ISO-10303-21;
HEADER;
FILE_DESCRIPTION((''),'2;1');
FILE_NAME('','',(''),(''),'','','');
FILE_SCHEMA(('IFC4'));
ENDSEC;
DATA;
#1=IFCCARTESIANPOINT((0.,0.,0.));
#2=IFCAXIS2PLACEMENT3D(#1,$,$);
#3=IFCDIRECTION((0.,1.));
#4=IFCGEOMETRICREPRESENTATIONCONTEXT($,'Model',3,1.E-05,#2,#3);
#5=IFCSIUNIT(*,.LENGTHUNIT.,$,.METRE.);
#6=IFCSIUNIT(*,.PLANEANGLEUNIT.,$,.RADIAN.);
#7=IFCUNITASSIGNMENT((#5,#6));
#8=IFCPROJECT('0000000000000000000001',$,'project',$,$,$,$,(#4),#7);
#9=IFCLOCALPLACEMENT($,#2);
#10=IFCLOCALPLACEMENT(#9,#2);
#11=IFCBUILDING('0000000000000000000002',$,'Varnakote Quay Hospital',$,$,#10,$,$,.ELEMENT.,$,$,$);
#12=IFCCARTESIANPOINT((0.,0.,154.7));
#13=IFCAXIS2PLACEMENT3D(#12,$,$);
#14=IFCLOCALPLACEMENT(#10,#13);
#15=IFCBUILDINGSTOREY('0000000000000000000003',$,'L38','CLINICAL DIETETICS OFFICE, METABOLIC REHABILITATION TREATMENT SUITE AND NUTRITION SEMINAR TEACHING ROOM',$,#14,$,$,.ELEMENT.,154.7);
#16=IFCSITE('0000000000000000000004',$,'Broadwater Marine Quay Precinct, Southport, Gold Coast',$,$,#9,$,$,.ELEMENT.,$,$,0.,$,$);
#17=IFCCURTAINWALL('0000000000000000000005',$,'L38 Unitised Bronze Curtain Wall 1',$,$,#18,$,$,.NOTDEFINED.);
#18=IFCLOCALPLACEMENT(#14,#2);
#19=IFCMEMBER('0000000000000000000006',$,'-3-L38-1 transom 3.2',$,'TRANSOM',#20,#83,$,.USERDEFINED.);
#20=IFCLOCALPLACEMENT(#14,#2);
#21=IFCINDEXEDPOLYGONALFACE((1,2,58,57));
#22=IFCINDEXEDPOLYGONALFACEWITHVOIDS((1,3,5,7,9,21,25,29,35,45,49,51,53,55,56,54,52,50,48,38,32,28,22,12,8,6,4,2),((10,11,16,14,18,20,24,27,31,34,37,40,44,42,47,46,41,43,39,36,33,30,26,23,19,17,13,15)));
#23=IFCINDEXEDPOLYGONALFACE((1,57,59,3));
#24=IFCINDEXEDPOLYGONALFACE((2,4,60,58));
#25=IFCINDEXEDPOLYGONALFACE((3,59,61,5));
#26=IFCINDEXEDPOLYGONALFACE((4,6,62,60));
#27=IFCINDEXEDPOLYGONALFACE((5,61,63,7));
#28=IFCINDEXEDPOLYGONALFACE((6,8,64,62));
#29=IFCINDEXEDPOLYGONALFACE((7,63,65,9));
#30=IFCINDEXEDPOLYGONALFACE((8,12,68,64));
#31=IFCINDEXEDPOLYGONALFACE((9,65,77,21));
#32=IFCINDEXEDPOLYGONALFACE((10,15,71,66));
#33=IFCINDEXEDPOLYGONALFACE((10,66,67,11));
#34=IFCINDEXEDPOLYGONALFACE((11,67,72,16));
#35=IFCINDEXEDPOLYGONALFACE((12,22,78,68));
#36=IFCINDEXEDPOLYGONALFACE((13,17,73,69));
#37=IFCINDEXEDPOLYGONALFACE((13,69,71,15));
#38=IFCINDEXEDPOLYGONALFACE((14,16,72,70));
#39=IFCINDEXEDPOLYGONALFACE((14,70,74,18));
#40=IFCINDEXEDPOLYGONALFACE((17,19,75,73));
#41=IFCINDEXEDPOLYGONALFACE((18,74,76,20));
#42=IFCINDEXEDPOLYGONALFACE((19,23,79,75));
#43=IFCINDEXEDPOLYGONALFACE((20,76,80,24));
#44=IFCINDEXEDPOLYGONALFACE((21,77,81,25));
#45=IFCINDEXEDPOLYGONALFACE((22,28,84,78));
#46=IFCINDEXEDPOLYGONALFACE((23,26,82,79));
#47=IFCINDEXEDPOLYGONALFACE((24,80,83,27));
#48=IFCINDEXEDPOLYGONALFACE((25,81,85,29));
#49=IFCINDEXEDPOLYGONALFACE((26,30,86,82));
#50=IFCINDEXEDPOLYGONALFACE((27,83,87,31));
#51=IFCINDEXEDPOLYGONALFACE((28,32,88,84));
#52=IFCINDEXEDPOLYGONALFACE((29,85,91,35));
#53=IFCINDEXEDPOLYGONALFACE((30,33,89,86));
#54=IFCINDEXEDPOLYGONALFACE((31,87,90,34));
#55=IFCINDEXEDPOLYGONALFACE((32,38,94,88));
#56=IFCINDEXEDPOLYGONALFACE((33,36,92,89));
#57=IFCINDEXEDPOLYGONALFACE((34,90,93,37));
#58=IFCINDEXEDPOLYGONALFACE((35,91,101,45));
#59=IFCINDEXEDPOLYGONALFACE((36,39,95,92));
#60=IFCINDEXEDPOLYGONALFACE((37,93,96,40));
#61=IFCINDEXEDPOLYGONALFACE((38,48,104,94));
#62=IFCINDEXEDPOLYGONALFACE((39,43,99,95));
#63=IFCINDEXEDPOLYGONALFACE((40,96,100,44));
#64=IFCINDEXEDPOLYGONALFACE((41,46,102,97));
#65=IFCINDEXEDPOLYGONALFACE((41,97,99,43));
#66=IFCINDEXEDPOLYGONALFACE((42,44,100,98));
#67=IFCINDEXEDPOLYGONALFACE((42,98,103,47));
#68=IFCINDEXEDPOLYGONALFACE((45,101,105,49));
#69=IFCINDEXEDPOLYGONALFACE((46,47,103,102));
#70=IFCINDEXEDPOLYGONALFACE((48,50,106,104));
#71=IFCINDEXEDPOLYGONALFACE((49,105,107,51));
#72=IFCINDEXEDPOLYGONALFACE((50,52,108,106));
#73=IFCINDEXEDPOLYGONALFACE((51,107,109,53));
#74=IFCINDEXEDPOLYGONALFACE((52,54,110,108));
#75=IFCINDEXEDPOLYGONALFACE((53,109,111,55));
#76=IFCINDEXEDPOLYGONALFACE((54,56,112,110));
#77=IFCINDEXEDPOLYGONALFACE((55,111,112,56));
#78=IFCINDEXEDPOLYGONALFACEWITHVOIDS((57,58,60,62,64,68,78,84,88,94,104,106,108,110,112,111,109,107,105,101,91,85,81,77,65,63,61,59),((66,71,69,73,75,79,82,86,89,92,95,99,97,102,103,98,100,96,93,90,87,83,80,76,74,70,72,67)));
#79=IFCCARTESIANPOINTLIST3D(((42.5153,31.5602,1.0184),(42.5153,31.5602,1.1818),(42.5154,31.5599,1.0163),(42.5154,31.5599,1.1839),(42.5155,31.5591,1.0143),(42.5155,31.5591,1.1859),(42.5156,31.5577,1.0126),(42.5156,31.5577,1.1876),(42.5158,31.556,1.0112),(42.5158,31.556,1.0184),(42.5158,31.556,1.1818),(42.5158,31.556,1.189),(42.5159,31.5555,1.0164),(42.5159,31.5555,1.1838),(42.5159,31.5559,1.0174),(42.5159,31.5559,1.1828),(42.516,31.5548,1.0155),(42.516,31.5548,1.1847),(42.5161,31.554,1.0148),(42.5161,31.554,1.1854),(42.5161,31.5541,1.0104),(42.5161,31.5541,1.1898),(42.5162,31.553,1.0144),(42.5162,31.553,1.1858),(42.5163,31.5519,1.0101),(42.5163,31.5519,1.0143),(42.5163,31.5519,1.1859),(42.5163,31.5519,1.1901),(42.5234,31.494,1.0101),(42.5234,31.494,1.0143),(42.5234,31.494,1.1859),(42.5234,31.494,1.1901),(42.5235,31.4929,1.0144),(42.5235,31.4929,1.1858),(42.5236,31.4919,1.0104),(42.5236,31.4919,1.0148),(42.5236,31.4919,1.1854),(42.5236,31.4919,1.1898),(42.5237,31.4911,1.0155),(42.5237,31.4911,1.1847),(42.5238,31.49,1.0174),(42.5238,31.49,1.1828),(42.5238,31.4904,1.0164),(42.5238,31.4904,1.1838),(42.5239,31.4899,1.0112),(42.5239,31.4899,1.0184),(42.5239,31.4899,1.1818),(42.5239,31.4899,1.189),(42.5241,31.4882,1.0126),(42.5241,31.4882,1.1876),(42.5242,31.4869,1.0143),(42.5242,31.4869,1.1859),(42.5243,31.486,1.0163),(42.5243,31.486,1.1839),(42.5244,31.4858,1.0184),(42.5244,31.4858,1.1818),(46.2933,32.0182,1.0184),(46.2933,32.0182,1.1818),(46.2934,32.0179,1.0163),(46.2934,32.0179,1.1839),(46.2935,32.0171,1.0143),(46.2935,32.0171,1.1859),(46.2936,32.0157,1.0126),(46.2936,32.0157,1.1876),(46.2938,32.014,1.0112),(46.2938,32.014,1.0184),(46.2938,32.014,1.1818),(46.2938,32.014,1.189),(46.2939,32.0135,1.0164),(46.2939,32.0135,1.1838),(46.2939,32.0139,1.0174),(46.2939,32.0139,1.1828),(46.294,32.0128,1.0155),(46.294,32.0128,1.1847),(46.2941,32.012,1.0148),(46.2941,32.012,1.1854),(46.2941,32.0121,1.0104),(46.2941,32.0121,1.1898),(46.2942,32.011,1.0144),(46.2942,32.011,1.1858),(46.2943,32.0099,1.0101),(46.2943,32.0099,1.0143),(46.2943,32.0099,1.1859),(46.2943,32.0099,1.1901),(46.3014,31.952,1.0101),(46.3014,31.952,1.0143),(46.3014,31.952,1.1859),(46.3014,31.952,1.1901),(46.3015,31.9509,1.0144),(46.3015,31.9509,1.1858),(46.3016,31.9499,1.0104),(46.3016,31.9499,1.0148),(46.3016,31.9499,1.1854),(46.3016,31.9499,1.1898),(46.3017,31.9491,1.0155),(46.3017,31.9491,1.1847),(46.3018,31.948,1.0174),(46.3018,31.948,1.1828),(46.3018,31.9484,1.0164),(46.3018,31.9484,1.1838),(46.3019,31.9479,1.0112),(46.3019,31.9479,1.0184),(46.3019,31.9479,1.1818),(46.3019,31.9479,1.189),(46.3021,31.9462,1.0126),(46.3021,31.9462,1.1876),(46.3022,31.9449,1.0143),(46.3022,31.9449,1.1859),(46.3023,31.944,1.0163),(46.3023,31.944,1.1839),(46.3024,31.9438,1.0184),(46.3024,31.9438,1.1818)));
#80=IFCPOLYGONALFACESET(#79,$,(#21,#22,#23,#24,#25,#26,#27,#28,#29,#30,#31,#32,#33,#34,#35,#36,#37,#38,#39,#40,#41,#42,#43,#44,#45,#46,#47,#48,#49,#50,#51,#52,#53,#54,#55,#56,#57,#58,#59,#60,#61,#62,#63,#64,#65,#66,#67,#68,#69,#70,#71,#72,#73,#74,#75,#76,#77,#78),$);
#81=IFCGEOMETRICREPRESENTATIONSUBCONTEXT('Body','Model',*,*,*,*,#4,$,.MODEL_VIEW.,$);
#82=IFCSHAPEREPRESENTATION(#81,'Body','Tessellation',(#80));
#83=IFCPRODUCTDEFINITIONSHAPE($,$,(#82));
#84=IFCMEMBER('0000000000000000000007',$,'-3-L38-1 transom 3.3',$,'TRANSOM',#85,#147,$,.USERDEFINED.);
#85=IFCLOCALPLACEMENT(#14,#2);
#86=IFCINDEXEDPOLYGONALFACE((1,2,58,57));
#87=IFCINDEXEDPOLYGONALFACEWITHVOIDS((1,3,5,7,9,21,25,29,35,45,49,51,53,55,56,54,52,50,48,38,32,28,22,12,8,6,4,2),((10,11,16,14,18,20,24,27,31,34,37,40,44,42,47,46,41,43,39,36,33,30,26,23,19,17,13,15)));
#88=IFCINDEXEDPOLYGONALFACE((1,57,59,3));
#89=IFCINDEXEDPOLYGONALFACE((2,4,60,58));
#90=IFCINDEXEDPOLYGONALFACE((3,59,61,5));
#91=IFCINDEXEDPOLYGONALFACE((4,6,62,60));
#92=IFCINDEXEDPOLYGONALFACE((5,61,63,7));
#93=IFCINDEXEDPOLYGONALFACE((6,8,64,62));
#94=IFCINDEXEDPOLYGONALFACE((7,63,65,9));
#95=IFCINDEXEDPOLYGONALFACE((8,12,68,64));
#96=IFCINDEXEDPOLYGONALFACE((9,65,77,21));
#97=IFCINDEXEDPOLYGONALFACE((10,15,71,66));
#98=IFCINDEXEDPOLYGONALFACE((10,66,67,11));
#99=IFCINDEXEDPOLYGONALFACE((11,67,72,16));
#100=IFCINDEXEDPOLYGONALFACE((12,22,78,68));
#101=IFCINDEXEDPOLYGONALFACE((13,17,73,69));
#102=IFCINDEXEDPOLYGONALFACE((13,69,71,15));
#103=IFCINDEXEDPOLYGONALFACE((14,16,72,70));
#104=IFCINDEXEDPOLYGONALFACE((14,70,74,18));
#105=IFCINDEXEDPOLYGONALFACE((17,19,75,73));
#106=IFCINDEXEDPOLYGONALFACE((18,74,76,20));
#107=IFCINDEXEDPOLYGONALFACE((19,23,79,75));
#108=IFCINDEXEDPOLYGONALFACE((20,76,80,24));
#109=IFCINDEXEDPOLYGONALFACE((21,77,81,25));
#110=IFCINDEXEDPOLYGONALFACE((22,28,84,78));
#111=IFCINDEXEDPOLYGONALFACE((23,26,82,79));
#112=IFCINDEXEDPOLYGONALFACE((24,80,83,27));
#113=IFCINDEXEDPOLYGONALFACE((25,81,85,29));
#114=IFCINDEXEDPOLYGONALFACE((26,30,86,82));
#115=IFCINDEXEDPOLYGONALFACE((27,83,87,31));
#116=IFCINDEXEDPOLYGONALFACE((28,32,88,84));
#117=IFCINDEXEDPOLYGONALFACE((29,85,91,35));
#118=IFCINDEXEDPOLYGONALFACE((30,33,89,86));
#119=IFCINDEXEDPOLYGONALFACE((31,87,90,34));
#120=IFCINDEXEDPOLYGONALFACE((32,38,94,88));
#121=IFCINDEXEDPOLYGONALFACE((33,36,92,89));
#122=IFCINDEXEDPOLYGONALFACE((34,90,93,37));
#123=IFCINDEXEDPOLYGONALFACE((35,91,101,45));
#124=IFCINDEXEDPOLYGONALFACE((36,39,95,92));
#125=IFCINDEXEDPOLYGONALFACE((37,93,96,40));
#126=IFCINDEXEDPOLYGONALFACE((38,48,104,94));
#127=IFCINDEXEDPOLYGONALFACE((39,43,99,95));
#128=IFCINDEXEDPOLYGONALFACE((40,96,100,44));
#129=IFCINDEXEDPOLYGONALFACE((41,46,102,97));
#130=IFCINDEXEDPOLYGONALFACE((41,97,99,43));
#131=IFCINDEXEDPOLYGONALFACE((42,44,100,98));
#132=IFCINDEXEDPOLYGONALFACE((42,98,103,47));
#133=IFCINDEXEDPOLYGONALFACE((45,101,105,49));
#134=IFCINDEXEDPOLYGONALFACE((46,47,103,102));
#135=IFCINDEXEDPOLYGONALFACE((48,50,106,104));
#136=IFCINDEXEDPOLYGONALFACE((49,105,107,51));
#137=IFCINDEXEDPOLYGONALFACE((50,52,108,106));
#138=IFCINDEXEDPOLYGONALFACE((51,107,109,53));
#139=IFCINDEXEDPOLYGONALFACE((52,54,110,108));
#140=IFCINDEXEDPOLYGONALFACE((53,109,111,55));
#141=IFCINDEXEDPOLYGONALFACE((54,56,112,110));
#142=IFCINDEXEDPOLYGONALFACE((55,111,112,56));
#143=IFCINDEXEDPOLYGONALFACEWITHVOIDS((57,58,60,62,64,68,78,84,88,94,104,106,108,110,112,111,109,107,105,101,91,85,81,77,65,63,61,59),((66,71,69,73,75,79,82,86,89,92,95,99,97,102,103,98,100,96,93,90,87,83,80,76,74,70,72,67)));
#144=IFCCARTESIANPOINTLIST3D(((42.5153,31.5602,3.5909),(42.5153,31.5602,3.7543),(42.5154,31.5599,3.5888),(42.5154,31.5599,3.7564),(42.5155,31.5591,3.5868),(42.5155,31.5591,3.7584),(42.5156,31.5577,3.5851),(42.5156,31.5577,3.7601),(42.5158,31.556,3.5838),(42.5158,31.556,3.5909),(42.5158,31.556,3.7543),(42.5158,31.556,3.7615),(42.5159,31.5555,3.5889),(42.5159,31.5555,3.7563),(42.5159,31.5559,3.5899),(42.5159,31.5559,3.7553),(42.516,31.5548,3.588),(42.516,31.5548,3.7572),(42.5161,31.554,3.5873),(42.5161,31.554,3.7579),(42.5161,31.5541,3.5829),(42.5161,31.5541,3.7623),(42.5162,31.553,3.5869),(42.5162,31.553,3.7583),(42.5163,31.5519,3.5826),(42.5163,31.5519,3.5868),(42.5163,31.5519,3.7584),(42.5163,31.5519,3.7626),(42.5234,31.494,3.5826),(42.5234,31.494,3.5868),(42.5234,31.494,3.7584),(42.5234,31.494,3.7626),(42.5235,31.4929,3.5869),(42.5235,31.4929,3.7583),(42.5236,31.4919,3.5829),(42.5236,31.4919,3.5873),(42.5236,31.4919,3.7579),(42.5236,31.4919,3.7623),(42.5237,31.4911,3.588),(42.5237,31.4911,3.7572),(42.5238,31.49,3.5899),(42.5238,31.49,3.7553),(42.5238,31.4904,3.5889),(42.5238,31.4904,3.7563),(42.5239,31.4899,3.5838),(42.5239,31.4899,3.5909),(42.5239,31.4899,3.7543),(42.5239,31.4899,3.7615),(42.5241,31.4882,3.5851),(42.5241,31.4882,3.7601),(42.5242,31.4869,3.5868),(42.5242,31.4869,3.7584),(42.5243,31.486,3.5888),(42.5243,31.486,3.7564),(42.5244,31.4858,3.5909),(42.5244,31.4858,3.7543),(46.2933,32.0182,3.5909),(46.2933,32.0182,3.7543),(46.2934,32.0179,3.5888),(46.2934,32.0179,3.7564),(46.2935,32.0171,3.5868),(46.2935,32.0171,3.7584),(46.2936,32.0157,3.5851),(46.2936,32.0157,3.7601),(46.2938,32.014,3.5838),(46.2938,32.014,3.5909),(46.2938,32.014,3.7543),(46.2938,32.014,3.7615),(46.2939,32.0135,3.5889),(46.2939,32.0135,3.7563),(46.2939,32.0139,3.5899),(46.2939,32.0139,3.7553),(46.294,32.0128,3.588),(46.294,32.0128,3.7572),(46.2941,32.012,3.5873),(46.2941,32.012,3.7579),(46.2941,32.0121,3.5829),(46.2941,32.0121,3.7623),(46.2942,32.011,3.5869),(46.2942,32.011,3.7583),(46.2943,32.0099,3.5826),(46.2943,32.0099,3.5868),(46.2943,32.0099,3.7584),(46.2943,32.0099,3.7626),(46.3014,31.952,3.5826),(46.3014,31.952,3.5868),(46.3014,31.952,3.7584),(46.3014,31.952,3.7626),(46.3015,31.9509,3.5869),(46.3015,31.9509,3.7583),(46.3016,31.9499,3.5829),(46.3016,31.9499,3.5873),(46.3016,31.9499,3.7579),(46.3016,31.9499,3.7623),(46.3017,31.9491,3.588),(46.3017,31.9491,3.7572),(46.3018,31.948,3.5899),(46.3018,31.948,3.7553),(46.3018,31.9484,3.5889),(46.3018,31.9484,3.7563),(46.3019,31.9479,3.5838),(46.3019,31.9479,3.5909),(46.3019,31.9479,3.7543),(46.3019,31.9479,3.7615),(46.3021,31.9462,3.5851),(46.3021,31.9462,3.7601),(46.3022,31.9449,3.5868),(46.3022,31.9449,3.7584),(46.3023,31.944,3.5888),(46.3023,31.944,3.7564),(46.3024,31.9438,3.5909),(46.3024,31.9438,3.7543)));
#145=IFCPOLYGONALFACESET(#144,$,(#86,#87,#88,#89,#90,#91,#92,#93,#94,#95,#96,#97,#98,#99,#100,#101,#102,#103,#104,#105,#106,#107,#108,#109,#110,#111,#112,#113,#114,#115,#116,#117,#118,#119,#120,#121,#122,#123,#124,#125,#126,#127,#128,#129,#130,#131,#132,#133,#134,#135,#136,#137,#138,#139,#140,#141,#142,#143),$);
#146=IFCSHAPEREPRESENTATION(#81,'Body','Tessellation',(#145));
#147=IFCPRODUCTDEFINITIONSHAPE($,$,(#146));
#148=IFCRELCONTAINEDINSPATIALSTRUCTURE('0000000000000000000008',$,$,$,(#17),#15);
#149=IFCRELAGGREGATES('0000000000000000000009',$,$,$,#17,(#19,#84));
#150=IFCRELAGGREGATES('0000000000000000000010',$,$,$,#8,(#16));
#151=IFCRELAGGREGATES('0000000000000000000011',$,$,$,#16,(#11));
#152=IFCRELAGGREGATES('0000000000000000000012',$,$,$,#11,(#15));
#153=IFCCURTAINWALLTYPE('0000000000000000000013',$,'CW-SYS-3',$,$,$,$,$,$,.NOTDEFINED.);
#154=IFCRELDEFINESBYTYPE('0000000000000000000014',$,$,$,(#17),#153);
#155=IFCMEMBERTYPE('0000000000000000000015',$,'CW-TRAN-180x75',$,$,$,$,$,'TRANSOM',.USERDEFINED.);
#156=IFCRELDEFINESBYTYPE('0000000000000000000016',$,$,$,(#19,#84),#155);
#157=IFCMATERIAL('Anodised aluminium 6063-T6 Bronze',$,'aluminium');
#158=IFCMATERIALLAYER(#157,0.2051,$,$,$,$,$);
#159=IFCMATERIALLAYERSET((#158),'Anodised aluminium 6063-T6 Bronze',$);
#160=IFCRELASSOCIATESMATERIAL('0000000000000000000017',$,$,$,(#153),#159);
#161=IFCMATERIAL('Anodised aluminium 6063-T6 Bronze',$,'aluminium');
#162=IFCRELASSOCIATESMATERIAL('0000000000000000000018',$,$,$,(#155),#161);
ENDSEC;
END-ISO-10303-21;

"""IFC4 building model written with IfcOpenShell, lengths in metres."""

from ifc_helpers import new_model, si_unit, direction, frame, origin, origin_2d, place, context, subcontext, project, spatial, hollow_rectangle, extrude, material, layer, layer_set, material_profile, profile_set, type_object, element, aggregate, save


model = new_model("IFC4")

# Units and contexts
model_context = context("Model", 3, precision=1e-05, world=origin(), true_north=direction((0.0, 1.0)))
body_context = subcontext(model_context, "Body", "Model", "MODEL_VIEW")
ifc_project = project(units=[si_unit("LENGTHUNIT", "METRE"), si_unit("PLANEANGLEUNIT", "RADIAN")], contexts=[model_context])

# Site, building, storey
site_placement = place(None, origin())
site = spatial("IfcSite", under=ifc_project, at=site_placement, Name="Broadwater Marine Quay Precinct, Southport, Gold Coast", CompositionType="ELEMENT", RefElevation=0.0)
building_placement = place(site_placement, origin())
building = spatial("IfcBuilding", under=site, at=building_placement, Name="Varnakote Quay Hospital", CompositionType="ELEMENT")
storey_placement = place(building_placement, frame((0.0, 0.0, 154.7)))
storey = spatial("IfcBuildingStorey", under=building, at=storey_placement, Name="L38", Description="CLINICAL DIETETICS OFFICE, METABOLIC REHABILITATION TREATMENT SUITE AND NUTRITION SEMINAR TEACHING ROOM", CompositionType="ELEMENT", Elevation=154.7)

# Curtain wall, members
ifc_material_1 = material(Name="Anodised aluminium 6063-T6 Bronze", Category="aluminium")
ifc_layer_1 = layer(ifc_material_1, 0.2051)
ifc_layer_set_1 = layer_set([ifc_layer_1], Name="Anodised aluminium 6063-T6 Bronze")
curtain_wall_type = type_object("IfcCurtainWallType", Name="CW-SYS-3", PredefinedType="NOTDEFINED", material=ifc_layer_set_1)
curtain_wall_placement = place(storey_placement, origin())
curtain_wall = element("IfcCurtainWall", 1, at=curtain_wall_placement, inside=storey, type_object=curtain_wall_type, Name="L38 Unitised Bronze Curtain Wall 1", PredefinedType="NOTDEFINED")
ifc_material_2 = material(Name="Anodised aluminium 6063-T6 Bronze", Category="aluminium")
ifc_material_profile_1 = material_profile(ifc_material_2, hollow_rectangle(XDim=0.075, YDim=0.1799, WallThickness=0.0042, InnerFilletRadius=0.0042, OuterFilletRadius=0.0083, at=origin_2d()), Name="CW-TRAN-180x75")
ifc_profile_set_1 = profile_set([ifc_material_profile_1], Name="Anodised aluminium 6063-T6 Bronze")
member_type_1 = type_object("IfcMemberType", Name="CW-TRAN-180x75", ElementType="TRANSOM", PredefinedType="USERDEFINED", material=ifc_profile_set_1)
member_1_placement = place(storey_placement, frame((46.2979, 31.981, 1.1001), z_axis=(-0.992732, -0.120347, 0.0), x_axis=(0.120347, -0.992732, 0.0)))
member_1 = element("IfcMember", 2, at=member_1_placement, type_object=member_type_1, Name="-3-L38-1 transom 3.2", ObjectType="TRANSOM", PredefinedType="USERDEFINED", context=body_context, shape_type="SweptSolid", body=[
    extrude(hollow_rectangle(XDim=0.075, YDim=0.1799, WallThickness=0.0042, InnerFilletRadius=0.0042, OuterFilletRadius=0.0083, at=origin_2d()), origin(), (0.0, 0.0, 1.0), 3.8057),
])
member_2_placement = place(storey_placement, frame((46.2979, 31.981, 3.6726), z_axis=(-0.992732, -0.120347, 0.0), x_axis=(0.120347, -0.992732, 0.0)))
member_2 = element("IfcMember", 3, at=member_2_placement, type_object=member_type_1, Name="-3-L38-1 transom 3.3", ObjectType="TRANSOM", PredefinedType="USERDEFINED", context=body_context, shape_type="SweptSolid", body=[
    extrude(hollow_rectangle(XDim=0.075, YDim=0.1799, WallThickness=0.0042, InnerFilletRadius=0.0042, OuterFilletRadius=0.0083, at=origin_2d()), origin(), (0.0, 0.0, 1.0), 3.8057),
])

aggregate(curtain_wall, [member_1, member_2])

save(model, "model.ifc")
